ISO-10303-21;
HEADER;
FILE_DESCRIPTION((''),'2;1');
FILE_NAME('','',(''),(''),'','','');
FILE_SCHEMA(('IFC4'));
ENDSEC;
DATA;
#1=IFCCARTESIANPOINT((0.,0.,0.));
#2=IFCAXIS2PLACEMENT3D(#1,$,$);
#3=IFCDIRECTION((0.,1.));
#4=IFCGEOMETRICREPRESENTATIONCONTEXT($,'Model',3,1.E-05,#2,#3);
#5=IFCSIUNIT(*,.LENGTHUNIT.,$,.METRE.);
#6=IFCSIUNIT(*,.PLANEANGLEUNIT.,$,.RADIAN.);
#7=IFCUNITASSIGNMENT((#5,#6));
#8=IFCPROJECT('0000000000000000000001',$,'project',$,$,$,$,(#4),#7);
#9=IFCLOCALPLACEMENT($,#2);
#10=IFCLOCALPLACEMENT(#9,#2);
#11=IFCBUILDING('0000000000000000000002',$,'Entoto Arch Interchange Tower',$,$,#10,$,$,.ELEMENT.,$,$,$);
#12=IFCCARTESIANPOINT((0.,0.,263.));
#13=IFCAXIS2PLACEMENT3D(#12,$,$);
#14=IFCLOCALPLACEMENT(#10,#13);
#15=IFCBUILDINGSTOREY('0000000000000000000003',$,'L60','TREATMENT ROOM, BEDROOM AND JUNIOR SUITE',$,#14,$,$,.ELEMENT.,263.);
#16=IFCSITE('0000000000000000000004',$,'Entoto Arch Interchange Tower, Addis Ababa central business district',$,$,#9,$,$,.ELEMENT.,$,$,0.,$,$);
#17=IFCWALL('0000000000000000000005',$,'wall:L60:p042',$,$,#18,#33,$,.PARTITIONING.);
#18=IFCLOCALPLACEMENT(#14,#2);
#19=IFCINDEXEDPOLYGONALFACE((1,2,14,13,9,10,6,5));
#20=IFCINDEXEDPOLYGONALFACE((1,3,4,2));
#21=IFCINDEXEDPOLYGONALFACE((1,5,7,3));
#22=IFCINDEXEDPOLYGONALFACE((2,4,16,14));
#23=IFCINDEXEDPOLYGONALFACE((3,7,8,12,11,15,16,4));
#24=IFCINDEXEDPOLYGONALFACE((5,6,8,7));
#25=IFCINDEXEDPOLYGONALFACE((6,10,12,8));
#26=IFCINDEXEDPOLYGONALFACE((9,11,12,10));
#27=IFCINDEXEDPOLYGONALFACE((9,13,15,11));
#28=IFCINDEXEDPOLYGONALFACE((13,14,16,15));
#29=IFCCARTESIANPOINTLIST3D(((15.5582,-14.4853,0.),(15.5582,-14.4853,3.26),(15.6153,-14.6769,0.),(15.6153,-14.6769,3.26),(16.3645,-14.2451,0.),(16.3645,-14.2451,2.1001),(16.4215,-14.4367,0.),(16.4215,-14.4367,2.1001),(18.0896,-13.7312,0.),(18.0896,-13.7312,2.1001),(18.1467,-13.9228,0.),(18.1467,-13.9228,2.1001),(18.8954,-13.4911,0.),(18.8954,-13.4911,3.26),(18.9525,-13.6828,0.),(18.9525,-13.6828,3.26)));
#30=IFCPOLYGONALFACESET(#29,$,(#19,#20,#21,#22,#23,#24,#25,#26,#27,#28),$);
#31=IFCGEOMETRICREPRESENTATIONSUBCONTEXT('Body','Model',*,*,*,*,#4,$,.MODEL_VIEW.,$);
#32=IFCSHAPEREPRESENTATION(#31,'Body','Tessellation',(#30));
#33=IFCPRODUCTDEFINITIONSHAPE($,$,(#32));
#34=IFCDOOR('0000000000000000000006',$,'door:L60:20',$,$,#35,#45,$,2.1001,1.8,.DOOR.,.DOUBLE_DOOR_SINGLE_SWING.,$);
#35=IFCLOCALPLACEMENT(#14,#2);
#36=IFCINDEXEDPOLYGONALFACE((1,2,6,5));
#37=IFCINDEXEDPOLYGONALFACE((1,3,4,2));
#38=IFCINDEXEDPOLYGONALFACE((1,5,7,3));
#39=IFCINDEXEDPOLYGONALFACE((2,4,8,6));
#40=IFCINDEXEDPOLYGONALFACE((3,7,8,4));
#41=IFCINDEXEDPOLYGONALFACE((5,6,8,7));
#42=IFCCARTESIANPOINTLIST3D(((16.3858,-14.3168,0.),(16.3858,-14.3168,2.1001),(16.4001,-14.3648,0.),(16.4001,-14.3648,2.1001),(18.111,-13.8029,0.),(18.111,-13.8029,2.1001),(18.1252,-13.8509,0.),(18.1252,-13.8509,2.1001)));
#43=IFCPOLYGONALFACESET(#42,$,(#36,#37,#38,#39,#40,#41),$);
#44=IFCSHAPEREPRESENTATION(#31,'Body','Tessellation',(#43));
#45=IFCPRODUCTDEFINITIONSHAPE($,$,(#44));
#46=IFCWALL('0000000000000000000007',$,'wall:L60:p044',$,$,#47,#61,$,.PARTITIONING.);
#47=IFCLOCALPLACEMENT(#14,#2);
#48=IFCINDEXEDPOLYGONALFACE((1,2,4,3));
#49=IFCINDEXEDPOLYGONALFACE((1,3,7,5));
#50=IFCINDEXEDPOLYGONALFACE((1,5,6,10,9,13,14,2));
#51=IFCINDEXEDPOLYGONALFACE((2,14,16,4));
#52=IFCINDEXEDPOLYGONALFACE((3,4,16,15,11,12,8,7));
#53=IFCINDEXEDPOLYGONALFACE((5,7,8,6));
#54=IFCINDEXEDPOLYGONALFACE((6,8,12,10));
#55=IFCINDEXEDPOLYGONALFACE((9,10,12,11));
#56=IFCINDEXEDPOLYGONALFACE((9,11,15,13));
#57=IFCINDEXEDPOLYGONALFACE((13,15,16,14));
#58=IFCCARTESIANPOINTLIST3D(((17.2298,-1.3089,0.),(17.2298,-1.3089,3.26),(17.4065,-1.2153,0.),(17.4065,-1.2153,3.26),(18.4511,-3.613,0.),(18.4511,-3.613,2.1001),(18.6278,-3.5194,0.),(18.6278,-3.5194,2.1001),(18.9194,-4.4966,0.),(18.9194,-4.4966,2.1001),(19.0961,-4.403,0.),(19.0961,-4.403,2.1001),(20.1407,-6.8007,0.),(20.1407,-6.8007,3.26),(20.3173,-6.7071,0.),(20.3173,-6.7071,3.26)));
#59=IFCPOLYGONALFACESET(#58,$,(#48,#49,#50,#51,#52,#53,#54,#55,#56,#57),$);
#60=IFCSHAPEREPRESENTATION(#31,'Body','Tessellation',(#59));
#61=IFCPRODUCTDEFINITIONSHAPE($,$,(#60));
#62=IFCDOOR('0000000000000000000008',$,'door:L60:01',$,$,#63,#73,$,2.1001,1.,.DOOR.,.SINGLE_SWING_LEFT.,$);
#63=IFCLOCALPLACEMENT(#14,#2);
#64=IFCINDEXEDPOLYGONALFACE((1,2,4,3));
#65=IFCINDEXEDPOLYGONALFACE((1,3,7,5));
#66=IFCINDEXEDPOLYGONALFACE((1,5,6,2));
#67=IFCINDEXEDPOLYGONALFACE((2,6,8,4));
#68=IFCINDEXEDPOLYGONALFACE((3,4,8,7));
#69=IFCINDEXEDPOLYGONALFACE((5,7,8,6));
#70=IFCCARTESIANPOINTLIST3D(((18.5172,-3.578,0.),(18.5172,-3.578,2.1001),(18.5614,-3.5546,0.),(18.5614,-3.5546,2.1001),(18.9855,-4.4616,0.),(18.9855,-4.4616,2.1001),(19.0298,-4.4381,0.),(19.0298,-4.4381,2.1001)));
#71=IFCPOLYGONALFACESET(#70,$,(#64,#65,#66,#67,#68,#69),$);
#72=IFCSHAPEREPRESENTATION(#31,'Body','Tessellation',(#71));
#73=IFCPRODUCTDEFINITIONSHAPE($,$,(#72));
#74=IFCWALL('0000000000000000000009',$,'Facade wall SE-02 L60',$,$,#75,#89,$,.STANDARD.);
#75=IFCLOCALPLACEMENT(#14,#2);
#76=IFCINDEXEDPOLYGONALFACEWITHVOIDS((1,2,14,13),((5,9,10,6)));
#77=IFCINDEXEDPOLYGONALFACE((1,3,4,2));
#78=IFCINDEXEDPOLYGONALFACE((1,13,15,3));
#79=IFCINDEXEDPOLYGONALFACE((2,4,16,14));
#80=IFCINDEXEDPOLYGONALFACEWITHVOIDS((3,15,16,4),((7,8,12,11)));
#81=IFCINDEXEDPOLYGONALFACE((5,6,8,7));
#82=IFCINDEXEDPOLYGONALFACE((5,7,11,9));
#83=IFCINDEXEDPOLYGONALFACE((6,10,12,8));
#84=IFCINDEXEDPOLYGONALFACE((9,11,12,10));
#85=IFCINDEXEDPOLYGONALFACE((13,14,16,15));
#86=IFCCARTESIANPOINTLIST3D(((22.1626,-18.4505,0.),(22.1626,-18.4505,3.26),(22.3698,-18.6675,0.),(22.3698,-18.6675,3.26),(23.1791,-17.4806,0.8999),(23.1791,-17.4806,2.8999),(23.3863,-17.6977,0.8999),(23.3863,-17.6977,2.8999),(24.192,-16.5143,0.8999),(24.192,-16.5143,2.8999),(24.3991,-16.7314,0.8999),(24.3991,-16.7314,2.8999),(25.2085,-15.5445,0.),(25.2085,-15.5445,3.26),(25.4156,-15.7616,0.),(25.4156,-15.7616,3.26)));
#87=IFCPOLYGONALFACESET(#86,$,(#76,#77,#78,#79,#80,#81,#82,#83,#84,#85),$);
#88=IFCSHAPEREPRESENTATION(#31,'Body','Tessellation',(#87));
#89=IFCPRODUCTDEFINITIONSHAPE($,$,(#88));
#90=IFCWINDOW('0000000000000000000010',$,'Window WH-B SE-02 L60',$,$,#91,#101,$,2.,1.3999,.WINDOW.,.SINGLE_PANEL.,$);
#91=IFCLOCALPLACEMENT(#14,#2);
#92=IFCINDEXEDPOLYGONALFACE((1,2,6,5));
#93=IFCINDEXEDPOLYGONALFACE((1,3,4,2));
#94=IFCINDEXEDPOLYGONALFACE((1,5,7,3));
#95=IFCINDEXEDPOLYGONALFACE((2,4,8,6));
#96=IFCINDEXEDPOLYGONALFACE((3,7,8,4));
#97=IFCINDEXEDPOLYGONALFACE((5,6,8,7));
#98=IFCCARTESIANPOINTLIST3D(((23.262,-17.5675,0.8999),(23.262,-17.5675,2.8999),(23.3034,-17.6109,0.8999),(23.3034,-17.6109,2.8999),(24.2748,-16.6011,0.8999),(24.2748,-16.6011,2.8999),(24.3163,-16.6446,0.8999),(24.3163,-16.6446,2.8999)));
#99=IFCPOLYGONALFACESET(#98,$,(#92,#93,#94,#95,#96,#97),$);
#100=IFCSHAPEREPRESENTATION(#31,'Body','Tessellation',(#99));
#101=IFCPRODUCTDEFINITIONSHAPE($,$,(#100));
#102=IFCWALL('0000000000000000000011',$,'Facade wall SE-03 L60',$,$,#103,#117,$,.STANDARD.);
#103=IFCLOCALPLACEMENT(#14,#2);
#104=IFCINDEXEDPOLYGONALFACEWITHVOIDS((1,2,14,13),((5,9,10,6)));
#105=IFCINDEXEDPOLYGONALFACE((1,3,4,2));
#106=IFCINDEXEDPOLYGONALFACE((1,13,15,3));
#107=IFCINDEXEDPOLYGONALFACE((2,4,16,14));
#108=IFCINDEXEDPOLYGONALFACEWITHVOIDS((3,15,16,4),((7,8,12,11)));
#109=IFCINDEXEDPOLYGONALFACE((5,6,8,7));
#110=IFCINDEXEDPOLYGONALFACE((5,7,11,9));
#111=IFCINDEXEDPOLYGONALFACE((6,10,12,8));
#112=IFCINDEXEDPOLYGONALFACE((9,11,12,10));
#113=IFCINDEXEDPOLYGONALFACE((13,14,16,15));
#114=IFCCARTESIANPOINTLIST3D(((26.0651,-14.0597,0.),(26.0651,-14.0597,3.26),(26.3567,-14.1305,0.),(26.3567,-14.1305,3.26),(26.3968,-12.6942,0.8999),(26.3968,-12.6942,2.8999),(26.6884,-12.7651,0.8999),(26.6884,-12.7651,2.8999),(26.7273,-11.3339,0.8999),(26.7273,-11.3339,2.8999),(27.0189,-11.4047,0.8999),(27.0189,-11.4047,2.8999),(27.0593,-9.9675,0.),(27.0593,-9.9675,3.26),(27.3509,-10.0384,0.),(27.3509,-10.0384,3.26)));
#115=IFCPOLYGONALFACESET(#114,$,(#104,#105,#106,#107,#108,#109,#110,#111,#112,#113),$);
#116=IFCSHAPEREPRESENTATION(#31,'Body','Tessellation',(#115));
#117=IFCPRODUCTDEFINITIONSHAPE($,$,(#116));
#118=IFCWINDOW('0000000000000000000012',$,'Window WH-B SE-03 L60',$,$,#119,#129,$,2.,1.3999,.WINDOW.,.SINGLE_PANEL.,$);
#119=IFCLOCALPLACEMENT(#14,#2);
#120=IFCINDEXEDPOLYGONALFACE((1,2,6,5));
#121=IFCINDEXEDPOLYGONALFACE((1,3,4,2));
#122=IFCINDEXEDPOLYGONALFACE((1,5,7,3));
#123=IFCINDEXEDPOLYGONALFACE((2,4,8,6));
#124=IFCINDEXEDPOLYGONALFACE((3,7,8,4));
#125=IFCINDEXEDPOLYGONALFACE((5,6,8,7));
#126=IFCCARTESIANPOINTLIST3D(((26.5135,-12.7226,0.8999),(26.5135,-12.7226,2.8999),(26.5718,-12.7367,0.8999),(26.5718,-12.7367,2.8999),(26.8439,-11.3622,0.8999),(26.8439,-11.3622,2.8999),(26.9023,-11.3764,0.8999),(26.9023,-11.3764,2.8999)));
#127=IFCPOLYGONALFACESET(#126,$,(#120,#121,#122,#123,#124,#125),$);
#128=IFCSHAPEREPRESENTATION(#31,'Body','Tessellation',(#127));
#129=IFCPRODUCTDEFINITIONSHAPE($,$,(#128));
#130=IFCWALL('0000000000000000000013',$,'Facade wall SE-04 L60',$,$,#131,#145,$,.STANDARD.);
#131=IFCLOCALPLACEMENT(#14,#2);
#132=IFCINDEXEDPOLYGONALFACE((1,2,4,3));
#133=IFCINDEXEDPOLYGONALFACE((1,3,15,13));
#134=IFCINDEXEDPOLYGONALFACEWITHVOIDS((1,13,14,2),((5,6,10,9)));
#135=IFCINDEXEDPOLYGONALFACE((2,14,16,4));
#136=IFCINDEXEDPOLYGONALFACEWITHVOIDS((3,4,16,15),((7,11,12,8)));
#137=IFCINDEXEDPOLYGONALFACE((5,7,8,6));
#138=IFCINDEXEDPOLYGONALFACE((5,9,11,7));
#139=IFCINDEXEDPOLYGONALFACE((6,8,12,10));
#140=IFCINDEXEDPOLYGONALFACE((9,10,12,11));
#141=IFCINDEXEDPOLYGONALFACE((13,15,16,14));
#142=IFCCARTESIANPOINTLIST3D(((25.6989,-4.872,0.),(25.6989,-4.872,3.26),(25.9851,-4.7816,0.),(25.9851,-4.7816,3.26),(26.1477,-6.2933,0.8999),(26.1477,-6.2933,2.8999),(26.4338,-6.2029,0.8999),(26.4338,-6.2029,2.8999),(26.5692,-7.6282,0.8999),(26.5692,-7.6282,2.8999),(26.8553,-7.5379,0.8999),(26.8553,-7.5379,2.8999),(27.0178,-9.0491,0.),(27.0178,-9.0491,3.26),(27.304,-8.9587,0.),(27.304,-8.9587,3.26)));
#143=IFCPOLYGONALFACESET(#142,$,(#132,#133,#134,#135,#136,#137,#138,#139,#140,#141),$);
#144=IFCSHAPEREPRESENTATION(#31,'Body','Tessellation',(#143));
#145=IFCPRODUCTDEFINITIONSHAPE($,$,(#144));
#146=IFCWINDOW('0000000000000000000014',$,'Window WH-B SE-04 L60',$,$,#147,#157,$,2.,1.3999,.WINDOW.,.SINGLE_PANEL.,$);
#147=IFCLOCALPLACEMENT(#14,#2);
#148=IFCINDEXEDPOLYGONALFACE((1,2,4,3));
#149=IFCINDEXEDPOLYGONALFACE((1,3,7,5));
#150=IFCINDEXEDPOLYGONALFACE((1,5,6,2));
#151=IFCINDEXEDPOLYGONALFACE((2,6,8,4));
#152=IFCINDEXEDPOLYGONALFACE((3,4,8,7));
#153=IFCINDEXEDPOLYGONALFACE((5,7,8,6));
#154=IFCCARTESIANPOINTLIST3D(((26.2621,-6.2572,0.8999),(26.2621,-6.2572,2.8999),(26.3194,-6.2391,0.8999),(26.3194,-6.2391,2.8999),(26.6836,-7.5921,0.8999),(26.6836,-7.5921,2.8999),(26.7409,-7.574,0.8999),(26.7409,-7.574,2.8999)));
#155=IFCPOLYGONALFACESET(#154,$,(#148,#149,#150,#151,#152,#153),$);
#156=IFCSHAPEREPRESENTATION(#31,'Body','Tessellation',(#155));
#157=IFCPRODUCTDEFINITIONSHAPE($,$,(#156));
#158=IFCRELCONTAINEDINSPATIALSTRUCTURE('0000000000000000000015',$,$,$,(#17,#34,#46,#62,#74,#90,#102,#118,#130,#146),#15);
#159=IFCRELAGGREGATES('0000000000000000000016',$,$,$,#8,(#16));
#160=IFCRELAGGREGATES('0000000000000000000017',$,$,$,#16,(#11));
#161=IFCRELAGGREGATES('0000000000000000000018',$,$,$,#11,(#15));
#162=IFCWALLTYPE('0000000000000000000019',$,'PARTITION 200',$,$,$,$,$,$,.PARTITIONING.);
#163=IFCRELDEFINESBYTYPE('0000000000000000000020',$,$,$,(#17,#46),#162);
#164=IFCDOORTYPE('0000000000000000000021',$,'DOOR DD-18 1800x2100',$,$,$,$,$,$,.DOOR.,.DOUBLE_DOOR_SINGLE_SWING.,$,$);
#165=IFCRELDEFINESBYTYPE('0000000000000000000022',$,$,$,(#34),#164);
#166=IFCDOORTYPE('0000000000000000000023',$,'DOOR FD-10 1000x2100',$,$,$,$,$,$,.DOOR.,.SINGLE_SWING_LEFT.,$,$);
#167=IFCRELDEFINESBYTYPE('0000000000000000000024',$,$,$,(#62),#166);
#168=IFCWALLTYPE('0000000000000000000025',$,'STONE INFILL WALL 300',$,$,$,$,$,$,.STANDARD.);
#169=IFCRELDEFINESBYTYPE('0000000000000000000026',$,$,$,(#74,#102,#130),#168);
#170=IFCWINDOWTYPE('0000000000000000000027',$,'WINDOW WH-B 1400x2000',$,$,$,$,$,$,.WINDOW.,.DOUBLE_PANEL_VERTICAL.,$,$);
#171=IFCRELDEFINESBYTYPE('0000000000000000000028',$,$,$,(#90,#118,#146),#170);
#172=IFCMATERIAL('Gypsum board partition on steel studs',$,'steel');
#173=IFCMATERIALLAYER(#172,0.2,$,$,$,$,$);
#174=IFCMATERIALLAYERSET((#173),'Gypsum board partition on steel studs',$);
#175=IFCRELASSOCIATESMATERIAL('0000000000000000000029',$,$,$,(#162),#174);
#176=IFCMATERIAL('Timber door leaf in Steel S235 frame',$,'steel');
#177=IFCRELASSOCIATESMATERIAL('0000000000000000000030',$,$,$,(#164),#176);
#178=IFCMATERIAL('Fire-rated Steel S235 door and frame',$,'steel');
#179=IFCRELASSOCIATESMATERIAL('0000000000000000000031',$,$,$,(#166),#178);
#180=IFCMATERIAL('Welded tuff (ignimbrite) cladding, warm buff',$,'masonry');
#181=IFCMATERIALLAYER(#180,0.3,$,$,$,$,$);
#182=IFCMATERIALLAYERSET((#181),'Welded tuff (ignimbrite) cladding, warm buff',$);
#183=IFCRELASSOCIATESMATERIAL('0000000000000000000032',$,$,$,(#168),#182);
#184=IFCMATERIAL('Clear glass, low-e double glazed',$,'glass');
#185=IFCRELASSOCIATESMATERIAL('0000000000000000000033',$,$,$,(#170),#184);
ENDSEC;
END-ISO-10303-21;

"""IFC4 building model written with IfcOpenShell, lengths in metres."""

from ifc_helpers import new_model, si_unit, direction, frame, frame_2d, origin, place, context, subcontext, project, spatial, rectangle, extrude, material, layer, layer_set, type_object, element, fill, save


model = new_model("IFC4")

# Units and contexts
model_context = context("Model", 3, precision=1e-05, world=origin(), true_north=direction((0.0, 1.0)))
body_context = subcontext(model_context, "Body", "Model", "MODEL_VIEW")
ifc_project = project(units=[si_unit("LENGTHUNIT", "METRE"), si_unit("PLANEANGLEUNIT", "RADIAN")], contexts=[model_context])

# Site, building, storey
site_placement = place(None, origin())
site = spatial("IfcSite", under=ifc_project, at=site_placement, Name="Entoto Arch Interchange Tower, Addis Ababa central business district", CompositionType="ELEMENT", RefElevation=0.0)
building_placement = place(site_placement, origin())
building = spatial("IfcBuilding", under=site, at=building_placement, Name="Entoto Arch Interchange Tower", CompositionType="ELEMENT")
storey_placement = place(building_placement, frame((0.0, 0.0, 263.0)))
storey = spatial("IfcBuildingStorey", under=building, at=storey_placement, Name="L60", Description="TREATMENT ROOM, BEDROOM AND JUNIOR SUITE", CompositionType="ELEMENT", Elevation=263.0)

# Shared definitions
ifc_material_1 = material(Name="Gypsum board partition on steel studs", Category="steel")
ifc_layer_1 = layer(ifc_material_1, 0.2)
ifc_layer_set_1 = layer_set([ifc_layer_1], Name="Gypsum board partition on steel studs")
wall_type_1 = type_object("IfcWallType", Name="PARTITION 200", PredefinedType="PARTITIONING", material=ifc_layer_set_1)

# Shared definitions
ifc_material_2 = material(Name="Timber door leaf in Steel S235 frame", Category="steel")

# Walls, openings, doors
wall_1_placement = place(storey_placement, frame((18.9241, -13.5869, 0.0), z_axis=(0.0, 0.0, 1.0), x_axis=(-0.958378, -0.285501, 0.0)))
wall_1 = element("IfcWall", 1, at=wall_1_placement, inside=storey, type_object=wall_type_1, Name="wall:L60:p042", PredefinedType="PARTITIONING", context=body_context, shape_type="SweptSolid", body=[
    extrude(rectangle(XDim=3.4822, YDim=0.2, at=frame_2d((1.7412, 0.0))), origin(), (0.0, 0.0, 1.0), 3.26),
])
opening_1_placement = place(wall_1_placement, frame((0.8411, 0.0, 0.0)))
opening_1 = element("IfcOpeningElement", 2, at=opening_1_placement, cuts=wall_1, PredefinedType="OPENING", context=body_context, shape_type="SweptSolid", body=[
    extrude(rectangle(XDim=1.8, YDim=2.1001, at=frame_2d((0.8999, 1.05))), frame((0.0, 0.1099, 0.0), z_axis=(0.0, -1.0, 0.0), x_axis=(1.0, 0.0, 0.0)), (0.0, 0.0, 1.0), 0.22),
])
door_type_1 = type_object("IfcDoorType", Name="DOOR DD-18 1800x2100", OperationType="DOUBLE_DOOR_SINGLE_SWING", PredefinedType="DOOR", material=ifc_material_2)
door_1_placement = place(opening_1_placement, origin())
door_1 = element("IfcDoor", 3, at=door_1_placement, inside=storey, type_object=door_type_1, Name="door:L60:20", OperationType="DOUBLE_DOOR_SINGLE_SWING", OverallHeight=2.1001, OverallWidth=1.8, PredefinedType="DOOR", context=body_context, shape_type="SweptSolid", body=[
    extrude(rectangle(XDim=1.8, YDim=2.1001, at=frame_2d((0.8999, 1.05))), frame((0.0, 0.0249, 0.0), z_axis=(0.0, -1.0, 0.0), x_axis=(1.0, 0.0, 0.0)), (0.0, 0.0, 1.0), 0.05),
])
fill(opening_1, door_1)
wall_2_placement = place(storey_placement, frame((17.3181, -1.262, 0.0), z_axis=(0.0, 0.0, 1.0), x_axis=(0.468314, -0.883562, 0.0)))
wall_2 = element("IfcWall", 4, at=wall_2_placement, inside=storey, type_object=wall_type_1, Name="wall:L60:p044", PredefinedType="PARTITIONING", context=body_context, shape_type="SweptSolid", body=[
    extrude(rectangle(XDim=6.2156, YDim=0.2, at=frame_2d((3.1079, 0.0))), origin(), (0.0, 0.0, 1.0), 3.26),
])
opening_2_placement = place(wall_2_placement, frame((2.6079, 0.0, 0.0)))
opening_2 = element("IfcOpeningElement", 5, at=opening_2_placement, cuts=wall_2, PredefinedType="OPENING", context=body_context, shape_type="SweptSolid", body=[
    extrude(rectangle(XDim=1.0, YDim=2.1001, at=frame_2d((0.5, 1.05))), frame((0.0, 0.1099, 0.0), z_axis=(0.0, -1.0, 0.0), x_axis=(1.0, 0.0, 0.0)), (0.0, 0.0, 1.0), 0.22),
])
ifc_material_3 = material(Name="Fire-rated Steel S235 door and frame", Category="steel")
door_type_2 = type_object("IfcDoorType", Name="DOOR FD-10 1000x2100", OperationType="SINGLE_SWING_LEFT", PredefinedType="DOOR", material=ifc_material_3)
door_2_placement = place(opening_2_placement, origin())
door_2 = element("IfcDoor", 6, at=door_2_placement, inside=storey, type_object=door_type_2, Name="door:L60:01", OperationType="SINGLE_SWING_LEFT", OverallHeight=2.1001, OverallWidth=1.0, PredefinedType="DOOR", context=body_context, shape_type="SweptSolid", body=[
    extrude(rectangle(XDim=1.0, YDim=2.1001, at=frame_2d((0.5, 1.05))), frame((0.0, 0.0249, 0.0), z_axis=(0.0, -1.0, 0.0), x_axis=(1.0, 0.0, 0.0)), (0.0, 0.0, 1.0), 0.05),
])
fill(opening_2, door_2)

# Walls, openings, windows
ifc_material_4 = material(Name="Welded tuff (ignimbrite) cladding, warm buff", Category="masonry")
ifc_layer_2 = layer(ifc_material_4, 0.3)
ifc_layer_set_2 = layer_set([ifc_layer_2], Name="Welded tuff (ignimbrite) cladding, warm buff")
wall_type_2 = type_object("IfcWallType", Name="STONE INFILL WALL 300", PredefinedType="STANDARD", material=ifc_layer_set_2)
wall_3_placement = place(storey_placement, frame((22.2661, -18.5591, 0.0), z_axis=(0.0, 0.0, 1.0), x_axis=(0.723527, 0.690296, 0.0)))
wall_3 = element("IfcWall", 7, at=wall_3_placement, inside=storey, type_object=wall_type_2, Name="Facade wall SE-02 L60", PredefinedType="STANDARD", context=body_context, shape_type="SweptSolid", body=[
    extrude(rectangle(XDim=4.2097, YDim=0.3, at=frame_2d((2.105, 0.0))), origin(), (0.0, 0.0, 1.0), 3.26),
])
opening_3_placement = place(wall_3_placement, frame((1.405, 0.0, 0.8999)))
opening_3 = element("IfcOpeningElement", 8, at=opening_3_placement, cuts=wall_3, PredefinedType="OPENING", context=body_context, shape_type="SweptSolid", body=[
    extrude(rectangle(XDim=1.3999, YDim=2.0, at=frame_2d((0.7, 1.0))), frame((0.0, 0.1602, 0.0), z_axis=(0.0, -1.0, 0.0), x_axis=(1.0, 0.0, 0.0)), (0.0, 0.0, 1.0), 0.3201),
])
ifc_material_5 = material(Name="Clear glass, low-e double glazed", Category="glass")
window_type_1 = type_object("IfcWindowType", Name="WINDOW WH-B 1400x2000", PartitioningType="DOUBLE_PANEL_VERTICAL", PredefinedType="WINDOW", material=ifc_material_5)
window_1_placement = place(opening_3_placement, origin())
window_1 = element("IfcWindow", 9, at=window_1_placement, inside=storey, type_object=window_type_1, Name="Window WH-B SE-02 L60", OverallHeight=2.0, OverallWidth=1.3999, PartitioningType="SINGLE_PANEL", PredefinedType="WINDOW", context=body_context, shape_type="SweptSolid", body=[
    extrude(rectangle(XDim=1.3999, YDim=2.0, at=frame_2d((0.7, 1.0))), frame((0.0, 0.03, 0.0), z_axis=(0.0, -1.0, 0.0), x_axis=(1.0, 0.0, 0.0)), (0.0, 0.0, 1.0), 0.0601),
])
fill(opening_3, window_1)
wall_4_placement = place(storey_placement, frame((26.2109, -14.095, 0.0), z_axis=(0.0, 0.0, 1.0), x_axis=(0.236078, 0.971734, 0.0)))
wall_4 = element("IfcWall", 10, at=wall_4_placement, inside=storey, type_object=wall_type_2, Name="Facade wall SE-03 L60", PredefinedType="STANDARD", context=body_context, shape_type="SweptSolid", body=[
    extrude(rectangle(XDim=4.2112, YDim=0.3, at=frame_2d((2.1055, 0.0))), origin(), (0.0, 0.0, 1.0), 3.26),
])
opening_4_placement = place(wall_4_placement, frame((1.405, 0.0, 0.8999)))
opening_4 = element("IfcOpeningElement", 11, at=opening_4_placement, cuts=wall_4, PredefinedType="OPENING", context=body_context, shape_type="SweptSolid", body=[
    extrude(rectangle(XDim=1.3999, YDim=2.0, at=frame_2d((0.7, 1.0))), frame((0.0, 0.1602, 0.0), z_axis=(0.0, -1.0, 0.0), x_axis=(1.0, 0.0, 0.0)), (0.0, 0.0, 1.0), 0.3201),
])
window_2_placement = place(opening_4_placement, origin())
window_2 = element("IfcWindow", 12, at=window_2_placement, inside=storey, type_object=window_type_1, Name="Window WH-B SE-03 L60", OverallHeight=2.0, OverallWidth=1.3999, PartitioningType="SINGLE_PANEL", PredefinedType="WINDOW", context=body_context, shape_type="SweptSolid", body=[
    extrude(rectangle(XDim=1.3999, YDim=2.0, at=frame_2d((0.7, 1.0))), frame((0.0, 0.03, 0.0), z_axis=(0.0, -1.0, 0.0), x_axis=(1.0, 0.0, 0.0)), (0.0, 0.0, 1.0), 0.0601),
])
fill(opening_4, window_2)
wall_5_placement = place(storey_placement, frame((27.1609, -9.0039, 0.0), z_axis=(0.0, 0.0, 1.0), x_axis=(-0.301089, 0.953596, 0.0)))
wall_5 = element("IfcWall", 13, at=wall_5_placement, inside=storey, type_object=wall_type_2, Name="Facade wall SE-04 L60", PredefinedType="STANDARD", context=body_context, shape_type="SweptSolid", body=[
    extrude(rectangle(XDim=4.3804, YDim=0.3, at=frame_2d((2.1902, 0.0))), origin(), (0.0, 0.0, 1.0), 3.26),
])
opening_5_placement = place(wall_5_placement, frame((1.49, 0.0, 0.8999)))
opening_5 = element("IfcOpeningElement", 14, at=opening_5_placement, cuts=wall_5, PredefinedType="OPENING", context=body_context, shape_type="SweptSolid", body=[
    extrude(rectangle(XDim=1.3999, YDim=2.0, at=frame_2d((0.7, 1.0))), frame((0.0, 0.1602, 0.0), z_axis=(0.0, -1.0, 0.0), x_axis=(1.0, 0.0, 0.0)), (0.0, 0.0, 1.0), 0.3201),
])
window_3_placement = place(opening_5_placement, origin())
window_3 = element("IfcWindow", 15, at=window_3_placement, inside=storey, type_object=window_type_1, Name="Window WH-B SE-04 L60", OverallHeight=2.0, OverallWidth=1.3999, PartitioningType="SINGLE_PANEL", PredefinedType="WINDOW", context=body_context, shape_type="SweptSolid", body=[
    extrude(rectangle(XDim=1.3999, YDim=2.0, at=frame_2d((0.7, 1.0))), frame((0.0, 0.03, 0.0), z_axis=(0.0, -1.0, 0.0), x_axis=(1.0, 0.0, 0.0)), (0.0, 0.0, 1.0), 0.0601),
])
fill(opening_5, window_3)

save(model, "model.ifc")
